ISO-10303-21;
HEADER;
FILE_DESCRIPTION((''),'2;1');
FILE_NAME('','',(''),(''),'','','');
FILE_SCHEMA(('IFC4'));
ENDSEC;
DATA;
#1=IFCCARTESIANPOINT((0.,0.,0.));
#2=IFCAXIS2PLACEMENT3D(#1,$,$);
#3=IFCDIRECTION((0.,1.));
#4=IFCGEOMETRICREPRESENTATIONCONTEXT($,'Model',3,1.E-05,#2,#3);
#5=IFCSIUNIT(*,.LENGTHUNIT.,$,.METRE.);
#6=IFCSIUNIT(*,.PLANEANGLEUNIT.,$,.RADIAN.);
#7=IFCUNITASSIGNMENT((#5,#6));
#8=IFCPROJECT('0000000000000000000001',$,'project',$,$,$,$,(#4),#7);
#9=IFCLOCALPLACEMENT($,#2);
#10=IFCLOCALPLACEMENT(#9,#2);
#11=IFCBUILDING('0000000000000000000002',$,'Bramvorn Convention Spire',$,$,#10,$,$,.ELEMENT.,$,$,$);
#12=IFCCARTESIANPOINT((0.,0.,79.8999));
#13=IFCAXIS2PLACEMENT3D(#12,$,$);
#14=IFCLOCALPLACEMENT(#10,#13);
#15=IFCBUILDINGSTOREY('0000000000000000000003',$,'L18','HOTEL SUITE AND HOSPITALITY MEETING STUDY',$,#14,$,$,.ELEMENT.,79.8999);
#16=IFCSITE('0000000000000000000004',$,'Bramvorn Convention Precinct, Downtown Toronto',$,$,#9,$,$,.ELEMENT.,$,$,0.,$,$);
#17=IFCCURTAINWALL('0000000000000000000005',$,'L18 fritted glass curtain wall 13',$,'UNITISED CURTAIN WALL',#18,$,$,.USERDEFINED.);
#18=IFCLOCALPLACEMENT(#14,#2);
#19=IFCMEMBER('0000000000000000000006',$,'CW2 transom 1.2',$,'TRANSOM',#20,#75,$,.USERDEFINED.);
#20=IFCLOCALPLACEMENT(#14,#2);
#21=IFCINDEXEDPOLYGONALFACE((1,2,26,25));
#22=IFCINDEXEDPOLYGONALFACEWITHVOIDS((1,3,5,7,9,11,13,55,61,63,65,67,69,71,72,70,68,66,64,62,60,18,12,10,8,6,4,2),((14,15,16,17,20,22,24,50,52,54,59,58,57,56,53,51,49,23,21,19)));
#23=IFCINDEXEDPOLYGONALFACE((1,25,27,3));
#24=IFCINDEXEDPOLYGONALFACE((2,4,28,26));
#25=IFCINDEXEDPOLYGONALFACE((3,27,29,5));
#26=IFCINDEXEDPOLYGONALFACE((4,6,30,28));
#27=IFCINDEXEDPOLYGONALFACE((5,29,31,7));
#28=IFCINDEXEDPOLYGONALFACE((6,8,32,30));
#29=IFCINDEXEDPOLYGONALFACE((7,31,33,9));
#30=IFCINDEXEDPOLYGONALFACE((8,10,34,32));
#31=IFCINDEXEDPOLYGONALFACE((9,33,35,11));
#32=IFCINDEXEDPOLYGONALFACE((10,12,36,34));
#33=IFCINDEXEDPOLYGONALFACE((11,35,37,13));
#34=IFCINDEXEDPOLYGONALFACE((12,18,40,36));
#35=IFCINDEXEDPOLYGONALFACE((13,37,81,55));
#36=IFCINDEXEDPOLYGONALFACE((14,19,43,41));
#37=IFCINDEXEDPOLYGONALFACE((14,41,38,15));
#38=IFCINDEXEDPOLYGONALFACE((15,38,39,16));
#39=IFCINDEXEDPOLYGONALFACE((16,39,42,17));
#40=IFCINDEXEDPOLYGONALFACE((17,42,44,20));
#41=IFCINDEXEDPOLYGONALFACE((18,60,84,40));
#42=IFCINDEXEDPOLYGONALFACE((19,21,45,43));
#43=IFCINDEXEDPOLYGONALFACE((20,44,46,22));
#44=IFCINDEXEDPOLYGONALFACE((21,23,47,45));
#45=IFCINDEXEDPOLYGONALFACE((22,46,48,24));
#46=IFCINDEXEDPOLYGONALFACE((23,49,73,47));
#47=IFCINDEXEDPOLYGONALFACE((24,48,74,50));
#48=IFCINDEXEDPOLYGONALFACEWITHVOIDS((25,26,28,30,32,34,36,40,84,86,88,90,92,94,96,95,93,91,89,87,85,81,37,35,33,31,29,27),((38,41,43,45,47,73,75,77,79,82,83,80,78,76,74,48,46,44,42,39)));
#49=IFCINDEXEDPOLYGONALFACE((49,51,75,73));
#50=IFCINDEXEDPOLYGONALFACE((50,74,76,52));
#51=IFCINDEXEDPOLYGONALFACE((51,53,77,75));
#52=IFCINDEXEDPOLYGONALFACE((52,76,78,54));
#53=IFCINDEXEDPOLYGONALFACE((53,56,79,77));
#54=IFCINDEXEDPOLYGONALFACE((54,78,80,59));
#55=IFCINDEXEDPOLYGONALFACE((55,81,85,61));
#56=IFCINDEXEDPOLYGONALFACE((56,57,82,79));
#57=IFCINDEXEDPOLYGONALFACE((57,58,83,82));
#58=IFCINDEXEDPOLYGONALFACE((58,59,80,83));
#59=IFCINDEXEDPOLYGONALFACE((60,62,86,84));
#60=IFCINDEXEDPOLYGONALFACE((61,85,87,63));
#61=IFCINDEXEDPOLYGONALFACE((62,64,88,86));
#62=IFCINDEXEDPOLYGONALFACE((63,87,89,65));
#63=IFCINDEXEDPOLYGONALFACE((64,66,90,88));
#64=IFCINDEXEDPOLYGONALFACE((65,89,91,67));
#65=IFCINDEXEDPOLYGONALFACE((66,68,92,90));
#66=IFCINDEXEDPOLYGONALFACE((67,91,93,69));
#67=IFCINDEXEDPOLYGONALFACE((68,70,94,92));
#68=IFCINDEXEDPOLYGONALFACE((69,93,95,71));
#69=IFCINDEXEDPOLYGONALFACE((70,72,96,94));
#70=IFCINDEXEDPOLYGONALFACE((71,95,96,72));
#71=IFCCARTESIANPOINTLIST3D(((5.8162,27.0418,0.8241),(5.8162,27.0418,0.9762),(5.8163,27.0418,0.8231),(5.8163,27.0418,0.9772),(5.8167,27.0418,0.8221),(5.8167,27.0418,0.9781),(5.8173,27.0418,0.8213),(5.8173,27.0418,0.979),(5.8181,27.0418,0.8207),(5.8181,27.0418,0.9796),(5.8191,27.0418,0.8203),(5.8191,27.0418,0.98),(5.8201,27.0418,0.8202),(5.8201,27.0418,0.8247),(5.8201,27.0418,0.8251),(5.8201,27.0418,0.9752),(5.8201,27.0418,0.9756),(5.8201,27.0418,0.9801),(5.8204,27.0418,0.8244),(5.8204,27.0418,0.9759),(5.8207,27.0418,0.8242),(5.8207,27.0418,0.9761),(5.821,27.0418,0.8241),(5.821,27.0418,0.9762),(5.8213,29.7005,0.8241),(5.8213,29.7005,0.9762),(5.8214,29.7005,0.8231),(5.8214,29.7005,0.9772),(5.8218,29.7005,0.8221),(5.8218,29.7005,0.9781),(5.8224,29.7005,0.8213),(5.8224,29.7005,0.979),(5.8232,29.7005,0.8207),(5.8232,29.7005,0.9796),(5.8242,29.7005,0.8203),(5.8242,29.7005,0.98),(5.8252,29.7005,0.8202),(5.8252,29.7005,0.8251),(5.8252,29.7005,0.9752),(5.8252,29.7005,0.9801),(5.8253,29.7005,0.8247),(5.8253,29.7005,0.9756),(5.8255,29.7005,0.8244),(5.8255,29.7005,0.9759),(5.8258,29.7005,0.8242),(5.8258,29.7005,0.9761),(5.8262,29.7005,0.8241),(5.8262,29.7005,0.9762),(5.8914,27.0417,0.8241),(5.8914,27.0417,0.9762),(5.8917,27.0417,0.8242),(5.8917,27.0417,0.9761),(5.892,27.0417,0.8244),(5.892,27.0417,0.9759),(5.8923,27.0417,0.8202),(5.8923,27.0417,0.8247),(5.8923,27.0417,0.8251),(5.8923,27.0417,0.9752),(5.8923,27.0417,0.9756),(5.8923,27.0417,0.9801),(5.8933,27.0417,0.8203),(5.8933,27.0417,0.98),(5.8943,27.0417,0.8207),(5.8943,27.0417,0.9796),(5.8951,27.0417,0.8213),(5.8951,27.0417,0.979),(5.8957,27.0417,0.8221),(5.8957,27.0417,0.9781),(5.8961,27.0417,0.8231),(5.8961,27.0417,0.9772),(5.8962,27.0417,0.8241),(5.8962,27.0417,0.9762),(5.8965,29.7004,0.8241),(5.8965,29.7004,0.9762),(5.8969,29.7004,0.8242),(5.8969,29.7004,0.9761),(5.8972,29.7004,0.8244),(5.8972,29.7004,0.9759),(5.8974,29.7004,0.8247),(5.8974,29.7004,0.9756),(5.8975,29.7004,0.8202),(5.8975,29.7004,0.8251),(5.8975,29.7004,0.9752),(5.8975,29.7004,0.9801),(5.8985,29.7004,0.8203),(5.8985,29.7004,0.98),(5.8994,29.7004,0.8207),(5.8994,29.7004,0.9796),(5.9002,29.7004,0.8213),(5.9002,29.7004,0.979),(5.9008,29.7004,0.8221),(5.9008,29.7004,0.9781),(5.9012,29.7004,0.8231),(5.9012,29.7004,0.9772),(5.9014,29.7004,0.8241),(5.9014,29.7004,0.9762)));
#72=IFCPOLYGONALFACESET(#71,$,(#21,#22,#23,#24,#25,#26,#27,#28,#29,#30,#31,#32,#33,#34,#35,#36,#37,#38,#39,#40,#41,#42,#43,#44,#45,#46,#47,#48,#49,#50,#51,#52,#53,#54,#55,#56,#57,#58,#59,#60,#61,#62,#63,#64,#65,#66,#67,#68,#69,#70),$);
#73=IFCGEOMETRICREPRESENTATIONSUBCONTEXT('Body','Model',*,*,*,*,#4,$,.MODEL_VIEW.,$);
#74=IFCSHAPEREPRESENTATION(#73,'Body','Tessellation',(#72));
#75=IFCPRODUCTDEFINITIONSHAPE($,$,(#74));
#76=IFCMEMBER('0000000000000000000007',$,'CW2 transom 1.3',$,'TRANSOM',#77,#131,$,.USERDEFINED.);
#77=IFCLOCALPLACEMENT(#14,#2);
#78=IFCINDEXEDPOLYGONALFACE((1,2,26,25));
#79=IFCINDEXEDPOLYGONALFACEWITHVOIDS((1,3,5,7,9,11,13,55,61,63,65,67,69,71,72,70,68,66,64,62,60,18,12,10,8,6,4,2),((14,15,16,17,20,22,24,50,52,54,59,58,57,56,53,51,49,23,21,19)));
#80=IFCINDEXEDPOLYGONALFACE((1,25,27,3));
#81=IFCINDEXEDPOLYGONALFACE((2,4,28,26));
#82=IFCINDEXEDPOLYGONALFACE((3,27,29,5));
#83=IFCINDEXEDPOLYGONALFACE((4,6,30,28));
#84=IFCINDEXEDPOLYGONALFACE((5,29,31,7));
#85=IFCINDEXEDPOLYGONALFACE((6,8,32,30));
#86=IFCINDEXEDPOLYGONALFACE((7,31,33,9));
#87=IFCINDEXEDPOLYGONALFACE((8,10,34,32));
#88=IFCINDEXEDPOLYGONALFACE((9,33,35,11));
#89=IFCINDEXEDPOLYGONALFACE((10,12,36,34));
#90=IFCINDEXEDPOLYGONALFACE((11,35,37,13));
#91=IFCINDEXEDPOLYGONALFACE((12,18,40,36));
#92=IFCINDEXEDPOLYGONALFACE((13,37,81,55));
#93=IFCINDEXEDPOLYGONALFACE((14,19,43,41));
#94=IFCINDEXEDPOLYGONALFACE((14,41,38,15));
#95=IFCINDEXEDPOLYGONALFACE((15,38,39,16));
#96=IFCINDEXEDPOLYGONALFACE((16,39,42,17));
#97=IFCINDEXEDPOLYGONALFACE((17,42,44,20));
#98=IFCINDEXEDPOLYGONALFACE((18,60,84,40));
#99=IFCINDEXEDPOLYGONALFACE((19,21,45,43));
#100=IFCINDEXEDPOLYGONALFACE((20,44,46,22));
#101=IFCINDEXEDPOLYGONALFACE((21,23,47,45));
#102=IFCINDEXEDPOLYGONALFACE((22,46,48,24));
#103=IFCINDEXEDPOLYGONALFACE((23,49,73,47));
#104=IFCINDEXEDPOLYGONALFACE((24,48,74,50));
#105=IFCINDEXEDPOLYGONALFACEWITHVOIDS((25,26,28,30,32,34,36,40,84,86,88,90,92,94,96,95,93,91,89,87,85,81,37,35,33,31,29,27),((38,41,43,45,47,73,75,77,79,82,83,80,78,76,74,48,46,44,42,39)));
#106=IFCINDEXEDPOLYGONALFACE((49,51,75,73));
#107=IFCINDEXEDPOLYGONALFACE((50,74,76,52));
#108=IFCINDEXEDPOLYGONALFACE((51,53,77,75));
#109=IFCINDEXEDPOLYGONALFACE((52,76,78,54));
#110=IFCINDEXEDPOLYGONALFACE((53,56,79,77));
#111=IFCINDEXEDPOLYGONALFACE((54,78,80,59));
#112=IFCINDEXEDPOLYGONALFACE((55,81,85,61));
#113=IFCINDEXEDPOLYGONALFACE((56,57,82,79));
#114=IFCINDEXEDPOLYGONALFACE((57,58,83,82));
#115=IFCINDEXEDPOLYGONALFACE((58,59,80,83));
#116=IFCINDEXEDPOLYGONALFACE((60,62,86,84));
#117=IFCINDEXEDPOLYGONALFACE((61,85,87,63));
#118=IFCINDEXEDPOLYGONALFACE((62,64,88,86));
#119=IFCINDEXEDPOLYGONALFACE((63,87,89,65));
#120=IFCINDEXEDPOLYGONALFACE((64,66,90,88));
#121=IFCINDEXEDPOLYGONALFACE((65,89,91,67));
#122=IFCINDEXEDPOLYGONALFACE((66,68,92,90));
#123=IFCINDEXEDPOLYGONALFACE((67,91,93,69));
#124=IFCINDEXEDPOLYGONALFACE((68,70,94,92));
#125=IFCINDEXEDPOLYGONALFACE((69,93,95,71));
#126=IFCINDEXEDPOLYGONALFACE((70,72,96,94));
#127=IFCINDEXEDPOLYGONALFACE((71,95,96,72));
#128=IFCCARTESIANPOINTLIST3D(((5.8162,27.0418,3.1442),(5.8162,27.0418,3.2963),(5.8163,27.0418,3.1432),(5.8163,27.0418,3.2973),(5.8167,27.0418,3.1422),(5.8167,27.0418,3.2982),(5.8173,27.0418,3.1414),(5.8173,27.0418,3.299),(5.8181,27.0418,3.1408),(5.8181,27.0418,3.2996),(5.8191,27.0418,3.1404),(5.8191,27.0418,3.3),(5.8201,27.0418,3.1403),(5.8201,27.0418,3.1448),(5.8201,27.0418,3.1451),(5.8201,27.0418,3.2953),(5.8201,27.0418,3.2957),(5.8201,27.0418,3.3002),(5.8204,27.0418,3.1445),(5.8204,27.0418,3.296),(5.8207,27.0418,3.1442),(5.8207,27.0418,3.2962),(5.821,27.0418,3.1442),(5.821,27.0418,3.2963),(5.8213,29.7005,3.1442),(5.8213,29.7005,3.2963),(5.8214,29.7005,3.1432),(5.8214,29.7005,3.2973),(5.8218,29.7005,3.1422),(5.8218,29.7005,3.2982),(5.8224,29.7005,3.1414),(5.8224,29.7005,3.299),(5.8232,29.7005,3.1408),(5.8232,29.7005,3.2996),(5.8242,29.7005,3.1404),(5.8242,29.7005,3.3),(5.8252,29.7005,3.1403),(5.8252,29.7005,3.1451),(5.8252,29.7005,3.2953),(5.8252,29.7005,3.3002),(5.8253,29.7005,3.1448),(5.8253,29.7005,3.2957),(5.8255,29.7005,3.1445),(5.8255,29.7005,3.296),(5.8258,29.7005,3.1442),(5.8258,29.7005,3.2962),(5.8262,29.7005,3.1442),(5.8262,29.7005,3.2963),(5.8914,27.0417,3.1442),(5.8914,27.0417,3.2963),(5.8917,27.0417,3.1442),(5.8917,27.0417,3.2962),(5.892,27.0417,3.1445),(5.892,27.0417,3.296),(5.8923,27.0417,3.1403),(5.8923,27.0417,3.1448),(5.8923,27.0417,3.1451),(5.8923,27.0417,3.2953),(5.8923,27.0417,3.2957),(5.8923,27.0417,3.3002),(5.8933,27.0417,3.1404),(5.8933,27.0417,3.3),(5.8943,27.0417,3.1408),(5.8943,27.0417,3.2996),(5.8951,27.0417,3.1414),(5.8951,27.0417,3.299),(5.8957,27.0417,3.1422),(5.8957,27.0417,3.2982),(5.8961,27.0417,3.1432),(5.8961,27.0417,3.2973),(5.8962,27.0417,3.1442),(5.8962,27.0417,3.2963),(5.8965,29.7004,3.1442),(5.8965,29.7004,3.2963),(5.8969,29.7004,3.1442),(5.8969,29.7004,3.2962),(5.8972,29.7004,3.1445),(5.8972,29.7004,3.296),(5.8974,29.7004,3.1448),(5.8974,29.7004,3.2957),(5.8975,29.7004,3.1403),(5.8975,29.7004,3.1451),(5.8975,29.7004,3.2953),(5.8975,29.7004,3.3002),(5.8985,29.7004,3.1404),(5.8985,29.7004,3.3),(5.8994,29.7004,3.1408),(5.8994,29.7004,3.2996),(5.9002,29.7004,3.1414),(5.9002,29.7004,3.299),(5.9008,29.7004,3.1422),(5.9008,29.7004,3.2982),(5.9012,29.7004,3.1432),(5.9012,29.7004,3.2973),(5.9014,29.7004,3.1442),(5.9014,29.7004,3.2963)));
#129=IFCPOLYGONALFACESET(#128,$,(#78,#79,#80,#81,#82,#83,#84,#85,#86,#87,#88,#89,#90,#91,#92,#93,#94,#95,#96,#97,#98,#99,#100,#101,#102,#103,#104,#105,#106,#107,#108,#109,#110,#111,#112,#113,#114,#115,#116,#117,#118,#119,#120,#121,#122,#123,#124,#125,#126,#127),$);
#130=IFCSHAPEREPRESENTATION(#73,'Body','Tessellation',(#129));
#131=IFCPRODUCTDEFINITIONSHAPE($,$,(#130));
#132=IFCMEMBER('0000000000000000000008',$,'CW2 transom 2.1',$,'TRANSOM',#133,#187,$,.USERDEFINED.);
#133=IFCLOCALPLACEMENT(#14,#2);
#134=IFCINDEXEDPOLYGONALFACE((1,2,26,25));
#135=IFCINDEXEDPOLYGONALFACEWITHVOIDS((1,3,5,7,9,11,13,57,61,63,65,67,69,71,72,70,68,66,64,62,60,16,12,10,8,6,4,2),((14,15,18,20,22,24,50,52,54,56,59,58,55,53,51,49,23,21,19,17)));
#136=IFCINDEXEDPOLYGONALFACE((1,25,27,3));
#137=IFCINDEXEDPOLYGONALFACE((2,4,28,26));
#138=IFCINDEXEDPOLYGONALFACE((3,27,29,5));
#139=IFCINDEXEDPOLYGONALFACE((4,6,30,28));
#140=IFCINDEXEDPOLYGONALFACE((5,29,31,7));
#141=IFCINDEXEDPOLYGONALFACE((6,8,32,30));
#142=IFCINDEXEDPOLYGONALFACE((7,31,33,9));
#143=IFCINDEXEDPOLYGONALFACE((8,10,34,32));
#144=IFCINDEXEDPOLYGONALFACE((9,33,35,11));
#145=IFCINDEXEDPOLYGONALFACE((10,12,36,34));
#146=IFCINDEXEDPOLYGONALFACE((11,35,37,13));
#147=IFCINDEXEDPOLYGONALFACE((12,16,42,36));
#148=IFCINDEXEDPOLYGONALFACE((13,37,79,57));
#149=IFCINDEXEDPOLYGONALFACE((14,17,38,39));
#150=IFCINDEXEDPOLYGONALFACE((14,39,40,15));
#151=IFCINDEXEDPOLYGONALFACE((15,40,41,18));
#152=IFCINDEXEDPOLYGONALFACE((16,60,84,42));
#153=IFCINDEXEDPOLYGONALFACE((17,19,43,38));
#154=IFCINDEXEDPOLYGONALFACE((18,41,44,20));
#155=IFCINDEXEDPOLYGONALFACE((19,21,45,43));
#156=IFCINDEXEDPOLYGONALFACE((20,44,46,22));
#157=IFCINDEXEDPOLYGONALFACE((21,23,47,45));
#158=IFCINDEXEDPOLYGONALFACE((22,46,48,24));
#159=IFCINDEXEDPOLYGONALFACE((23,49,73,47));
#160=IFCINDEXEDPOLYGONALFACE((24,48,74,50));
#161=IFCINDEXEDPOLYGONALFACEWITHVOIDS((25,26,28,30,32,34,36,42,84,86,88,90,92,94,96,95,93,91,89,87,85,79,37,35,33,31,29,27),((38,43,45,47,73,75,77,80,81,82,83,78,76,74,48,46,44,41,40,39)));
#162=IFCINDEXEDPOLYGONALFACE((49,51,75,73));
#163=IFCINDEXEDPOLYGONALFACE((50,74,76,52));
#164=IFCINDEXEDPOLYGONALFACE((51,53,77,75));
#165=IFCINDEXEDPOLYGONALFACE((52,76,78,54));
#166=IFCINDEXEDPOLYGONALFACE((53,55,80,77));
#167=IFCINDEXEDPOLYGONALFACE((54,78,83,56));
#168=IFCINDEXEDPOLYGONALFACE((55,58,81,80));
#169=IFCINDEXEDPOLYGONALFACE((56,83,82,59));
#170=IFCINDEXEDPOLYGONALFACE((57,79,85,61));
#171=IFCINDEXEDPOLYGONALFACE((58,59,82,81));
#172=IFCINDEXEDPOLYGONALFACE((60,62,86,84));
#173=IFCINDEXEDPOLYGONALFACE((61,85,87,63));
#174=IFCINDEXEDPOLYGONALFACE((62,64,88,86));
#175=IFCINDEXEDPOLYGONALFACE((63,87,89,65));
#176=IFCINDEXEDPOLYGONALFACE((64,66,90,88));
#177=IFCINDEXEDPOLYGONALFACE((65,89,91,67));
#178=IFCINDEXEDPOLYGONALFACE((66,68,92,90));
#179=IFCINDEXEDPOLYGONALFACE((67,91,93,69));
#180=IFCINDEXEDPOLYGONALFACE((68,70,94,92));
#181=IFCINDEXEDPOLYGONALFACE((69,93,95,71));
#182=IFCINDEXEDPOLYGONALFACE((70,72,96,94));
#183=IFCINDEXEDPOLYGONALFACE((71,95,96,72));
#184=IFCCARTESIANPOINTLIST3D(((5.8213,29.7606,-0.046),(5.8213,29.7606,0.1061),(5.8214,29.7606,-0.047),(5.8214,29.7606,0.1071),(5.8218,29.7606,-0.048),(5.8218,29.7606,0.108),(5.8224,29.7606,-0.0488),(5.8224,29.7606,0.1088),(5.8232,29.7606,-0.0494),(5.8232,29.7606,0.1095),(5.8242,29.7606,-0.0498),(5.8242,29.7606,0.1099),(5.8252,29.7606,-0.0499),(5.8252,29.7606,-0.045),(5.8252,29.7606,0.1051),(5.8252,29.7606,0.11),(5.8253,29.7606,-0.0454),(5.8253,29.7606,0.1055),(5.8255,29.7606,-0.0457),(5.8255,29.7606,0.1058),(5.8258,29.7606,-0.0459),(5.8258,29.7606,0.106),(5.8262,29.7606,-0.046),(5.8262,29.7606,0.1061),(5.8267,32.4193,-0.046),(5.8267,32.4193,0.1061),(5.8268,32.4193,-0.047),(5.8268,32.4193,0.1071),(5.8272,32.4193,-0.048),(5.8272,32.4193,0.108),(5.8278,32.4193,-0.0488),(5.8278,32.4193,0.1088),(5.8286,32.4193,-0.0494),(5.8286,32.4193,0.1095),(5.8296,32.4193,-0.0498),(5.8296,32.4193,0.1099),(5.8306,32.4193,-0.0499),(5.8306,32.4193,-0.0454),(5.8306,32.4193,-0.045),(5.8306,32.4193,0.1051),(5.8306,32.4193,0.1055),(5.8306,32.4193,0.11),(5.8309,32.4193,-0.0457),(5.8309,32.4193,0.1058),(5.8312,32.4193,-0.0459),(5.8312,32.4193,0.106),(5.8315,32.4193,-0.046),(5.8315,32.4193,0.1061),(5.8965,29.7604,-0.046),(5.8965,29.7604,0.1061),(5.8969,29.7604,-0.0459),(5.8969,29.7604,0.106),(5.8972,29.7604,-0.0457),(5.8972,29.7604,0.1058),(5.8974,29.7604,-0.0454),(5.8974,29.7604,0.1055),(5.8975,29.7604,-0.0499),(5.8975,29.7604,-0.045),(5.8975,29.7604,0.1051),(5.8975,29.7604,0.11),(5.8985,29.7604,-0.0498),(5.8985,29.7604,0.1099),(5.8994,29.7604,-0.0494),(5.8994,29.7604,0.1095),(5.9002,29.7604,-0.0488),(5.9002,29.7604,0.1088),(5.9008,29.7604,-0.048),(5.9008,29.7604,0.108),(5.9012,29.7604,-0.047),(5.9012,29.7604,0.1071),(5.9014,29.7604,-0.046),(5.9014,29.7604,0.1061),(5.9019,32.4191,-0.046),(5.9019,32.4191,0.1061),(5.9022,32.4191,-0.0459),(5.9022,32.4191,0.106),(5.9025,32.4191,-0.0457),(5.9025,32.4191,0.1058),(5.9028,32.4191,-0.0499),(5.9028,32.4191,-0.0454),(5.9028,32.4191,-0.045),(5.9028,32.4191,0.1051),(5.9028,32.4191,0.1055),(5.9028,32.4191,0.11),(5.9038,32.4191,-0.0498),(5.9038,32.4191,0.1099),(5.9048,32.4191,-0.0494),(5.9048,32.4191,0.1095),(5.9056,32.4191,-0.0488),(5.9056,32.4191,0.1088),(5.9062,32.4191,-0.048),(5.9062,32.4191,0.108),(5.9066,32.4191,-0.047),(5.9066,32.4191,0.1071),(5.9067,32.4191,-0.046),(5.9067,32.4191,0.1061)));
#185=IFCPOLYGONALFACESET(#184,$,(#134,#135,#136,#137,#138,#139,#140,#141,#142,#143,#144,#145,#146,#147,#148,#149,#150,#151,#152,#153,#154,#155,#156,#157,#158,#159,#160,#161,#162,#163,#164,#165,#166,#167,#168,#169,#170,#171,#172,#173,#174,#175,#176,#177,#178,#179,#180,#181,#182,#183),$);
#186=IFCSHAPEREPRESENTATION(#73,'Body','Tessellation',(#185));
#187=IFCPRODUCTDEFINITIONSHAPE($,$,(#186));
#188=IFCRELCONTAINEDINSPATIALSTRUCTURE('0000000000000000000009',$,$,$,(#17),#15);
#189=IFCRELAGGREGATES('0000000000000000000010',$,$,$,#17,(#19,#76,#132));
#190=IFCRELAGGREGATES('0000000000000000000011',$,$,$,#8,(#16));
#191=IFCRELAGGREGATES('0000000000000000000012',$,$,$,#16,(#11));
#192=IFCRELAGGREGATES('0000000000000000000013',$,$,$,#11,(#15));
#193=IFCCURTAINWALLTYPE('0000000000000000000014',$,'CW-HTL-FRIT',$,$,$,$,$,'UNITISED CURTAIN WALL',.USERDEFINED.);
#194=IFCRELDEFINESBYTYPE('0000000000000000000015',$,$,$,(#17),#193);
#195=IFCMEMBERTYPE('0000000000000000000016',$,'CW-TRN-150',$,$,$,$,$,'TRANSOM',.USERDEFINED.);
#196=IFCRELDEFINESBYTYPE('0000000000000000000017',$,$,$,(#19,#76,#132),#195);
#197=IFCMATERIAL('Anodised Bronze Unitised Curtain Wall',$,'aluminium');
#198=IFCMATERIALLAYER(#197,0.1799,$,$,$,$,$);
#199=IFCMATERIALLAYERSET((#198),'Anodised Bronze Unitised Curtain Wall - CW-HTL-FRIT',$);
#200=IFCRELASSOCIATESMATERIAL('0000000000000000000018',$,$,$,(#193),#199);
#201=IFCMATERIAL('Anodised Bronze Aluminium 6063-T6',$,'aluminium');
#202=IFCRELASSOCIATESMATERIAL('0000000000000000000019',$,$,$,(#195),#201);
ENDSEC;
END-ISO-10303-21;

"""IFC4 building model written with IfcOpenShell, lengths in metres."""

from ifc_helpers import new_model, si_unit, direction, frame, origin, origin_2d, place, context, subcontext, project, spatial, hollow_rectangle, extrude, material, layer, layer_set, material_profile, profile_set, type_object, element, aggregate, save


model = new_model("IFC4")

# Units and contexts
model_context = context("Model", 3, precision=1e-05, world=origin(), true_north=direction((0.0, 1.0)))
body_context = subcontext(model_context, "Body", "Model", "MODEL_VIEW")
ifc_project = project(units=[si_unit("LENGTHUNIT", "METRE"), si_unit("PLANEANGLEUNIT", "RADIAN")], contexts=[model_context])

# Site, building, storey
site_placement = place(None, origin())
site = spatial("IfcSite", under=ifc_project, at=site_placement, Name="Bramvorn Convention Precinct, Downtown Toronto", CompositionType="ELEMENT", RefElevation=0.0)
building_placement = place(site_placement, origin())
building = spatial("IfcBuilding", under=site, at=building_placement, Name="Bramvorn Convention Spire", CompositionType="ELEMENT")
storey_placement = place(building_placement, frame((0.0, 0.0, 79.8999)))
storey = spatial("IfcBuildingStorey", under=building, at=storey_placement, Name="L18", Description="HOTEL SUITE AND HOSPITALITY MEETING STUDY", CompositionType="ELEMENT", Elevation=79.8999)

# Curtain wall
ifc_material_1 = material(Name="Anodised Bronze Unitised Curtain Wall", Category="aluminium")
ifc_layer_1 = layer(ifc_material_1, 0.1799)
ifc_layer_set_1 = layer_set([ifc_layer_1], Name="Anodised Bronze Unitised Curtain Wall - CW-HTL-FRIT")
curtain_wall_type = type_object("IfcCurtainWallType", Name="CW-HTL-FRIT", ElementType="UNITISED CURTAIN WALL", PredefinedType="USERDEFINED", material=ifc_layer_set_1)
curtain_wall_1_placement = place(storey_placement, origin())
curtain_wall_1 = element("IfcCurtainWall", 1, at=curtain_wall_1_placement, inside=storey, type_object=curtain_wall_type, Name="L18 fritted glass curtain wall 13", ObjectType="UNITISED CURTAIN WALL", PredefinedType="USERDEFINED")
ifc_material_2 = material(Name="Anodised Bronze Aluminium 6063-T6", Category="aluminium")

# Members
ifc_material_profile_1 = material_profile(ifc_material_2, hollow_rectangle(XDim=0.0801, YDim=0.1599, WallThickness=0.0039, InnerFilletRadius=0.001, OuterFilletRadius=0.0039, at=origin_2d()))
ifc_profile_set_1 = profile_set([ifc_material_profile_1], Name="Anodised Bronze Aluminium 6063-T6 - CWT80X160")
member_type_1 = type_object("IfcMemberType", Name="CW-TRN-150", ElementType="TRANSOM", PredefinedType="USERDEFINED", material=ifc_profile_set_1)
member_1_placement = place(storey_placement, frame((5.8562, 27.0417, 0.9001), z_axis=(0.001928, 0.999998, 0.0), x_axis=(-0.999998, 0.001928, 0.0)))
member_1 = element("IfcMember", 2, at=member_1_placement, type_object=member_type_1, Name="CW2 transom 1.2", ObjectType="TRANSOM", PredefinedType="USERDEFINED", context=body_context, shape_type="SweptSolid", body=[
    extrude(hollow_rectangle(XDim=0.0801, YDim=0.1599, WallThickness=0.0039, InnerFilletRadius=0.001, OuterFilletRadius=0.0039, at=origin_2d()), origin(), (0.0, 0.0, 1.0), 2.6587),
])
member_2_placement = place(storey_placement, frame((5.8562, 27.0417, 3.2202), z_axis=(0.001928, 0.999998, 0.0), x_axis=(-0.999998, 0.001928, 0.0)))
member_2 = element("IfcMember", 3, at=member_2_placement, type_object=member_type_1, Name="CW2 transom 1.3", ObjectType="TRANSOM", PredefinedType="USERDEFINED", context=body_context, shape_type="SweptSolid", body=[
    extrude(hollow_rectangle(XDim=0.0801, YDim=0.1599, WallThickness=0.0039, InnerFilletRadius=0.001, OuterFilletRadius=0.0039, at=origin_2d()), origin(), (0.0, 0.0, 1.0), 2.6587),
])
member_3_placement = place(storey_placement, frame((5.8613, 29.7605, 0.03), z_axis=(0.00202, 0.999998, 0.0), x_axis=(-0.999998, 0.00202, 0.0)))
member_3 = element("IfcMember", 4, at=member_3_placement, type_object=member_type_1, Name="CW2 transom 2.1", ObjectType="TRANSOM", PredefinedType="USERDEFINED", context=body_context, shape_type="SweptSolid", body=[
    extrude(hollow_rectangle(XDim=0.0801, YDim=0.1599, WallThickness=0.0039, InnerFilletRadius=0.001, OuterFilletRadius=0.0039, at=origin_2d()), origin(), (0.0, 0.0, 1.0), 2.6587),
])

aggregate(curtain_wall_1, [member_1, member_2, member_3])

save(model, "model.ifc")
